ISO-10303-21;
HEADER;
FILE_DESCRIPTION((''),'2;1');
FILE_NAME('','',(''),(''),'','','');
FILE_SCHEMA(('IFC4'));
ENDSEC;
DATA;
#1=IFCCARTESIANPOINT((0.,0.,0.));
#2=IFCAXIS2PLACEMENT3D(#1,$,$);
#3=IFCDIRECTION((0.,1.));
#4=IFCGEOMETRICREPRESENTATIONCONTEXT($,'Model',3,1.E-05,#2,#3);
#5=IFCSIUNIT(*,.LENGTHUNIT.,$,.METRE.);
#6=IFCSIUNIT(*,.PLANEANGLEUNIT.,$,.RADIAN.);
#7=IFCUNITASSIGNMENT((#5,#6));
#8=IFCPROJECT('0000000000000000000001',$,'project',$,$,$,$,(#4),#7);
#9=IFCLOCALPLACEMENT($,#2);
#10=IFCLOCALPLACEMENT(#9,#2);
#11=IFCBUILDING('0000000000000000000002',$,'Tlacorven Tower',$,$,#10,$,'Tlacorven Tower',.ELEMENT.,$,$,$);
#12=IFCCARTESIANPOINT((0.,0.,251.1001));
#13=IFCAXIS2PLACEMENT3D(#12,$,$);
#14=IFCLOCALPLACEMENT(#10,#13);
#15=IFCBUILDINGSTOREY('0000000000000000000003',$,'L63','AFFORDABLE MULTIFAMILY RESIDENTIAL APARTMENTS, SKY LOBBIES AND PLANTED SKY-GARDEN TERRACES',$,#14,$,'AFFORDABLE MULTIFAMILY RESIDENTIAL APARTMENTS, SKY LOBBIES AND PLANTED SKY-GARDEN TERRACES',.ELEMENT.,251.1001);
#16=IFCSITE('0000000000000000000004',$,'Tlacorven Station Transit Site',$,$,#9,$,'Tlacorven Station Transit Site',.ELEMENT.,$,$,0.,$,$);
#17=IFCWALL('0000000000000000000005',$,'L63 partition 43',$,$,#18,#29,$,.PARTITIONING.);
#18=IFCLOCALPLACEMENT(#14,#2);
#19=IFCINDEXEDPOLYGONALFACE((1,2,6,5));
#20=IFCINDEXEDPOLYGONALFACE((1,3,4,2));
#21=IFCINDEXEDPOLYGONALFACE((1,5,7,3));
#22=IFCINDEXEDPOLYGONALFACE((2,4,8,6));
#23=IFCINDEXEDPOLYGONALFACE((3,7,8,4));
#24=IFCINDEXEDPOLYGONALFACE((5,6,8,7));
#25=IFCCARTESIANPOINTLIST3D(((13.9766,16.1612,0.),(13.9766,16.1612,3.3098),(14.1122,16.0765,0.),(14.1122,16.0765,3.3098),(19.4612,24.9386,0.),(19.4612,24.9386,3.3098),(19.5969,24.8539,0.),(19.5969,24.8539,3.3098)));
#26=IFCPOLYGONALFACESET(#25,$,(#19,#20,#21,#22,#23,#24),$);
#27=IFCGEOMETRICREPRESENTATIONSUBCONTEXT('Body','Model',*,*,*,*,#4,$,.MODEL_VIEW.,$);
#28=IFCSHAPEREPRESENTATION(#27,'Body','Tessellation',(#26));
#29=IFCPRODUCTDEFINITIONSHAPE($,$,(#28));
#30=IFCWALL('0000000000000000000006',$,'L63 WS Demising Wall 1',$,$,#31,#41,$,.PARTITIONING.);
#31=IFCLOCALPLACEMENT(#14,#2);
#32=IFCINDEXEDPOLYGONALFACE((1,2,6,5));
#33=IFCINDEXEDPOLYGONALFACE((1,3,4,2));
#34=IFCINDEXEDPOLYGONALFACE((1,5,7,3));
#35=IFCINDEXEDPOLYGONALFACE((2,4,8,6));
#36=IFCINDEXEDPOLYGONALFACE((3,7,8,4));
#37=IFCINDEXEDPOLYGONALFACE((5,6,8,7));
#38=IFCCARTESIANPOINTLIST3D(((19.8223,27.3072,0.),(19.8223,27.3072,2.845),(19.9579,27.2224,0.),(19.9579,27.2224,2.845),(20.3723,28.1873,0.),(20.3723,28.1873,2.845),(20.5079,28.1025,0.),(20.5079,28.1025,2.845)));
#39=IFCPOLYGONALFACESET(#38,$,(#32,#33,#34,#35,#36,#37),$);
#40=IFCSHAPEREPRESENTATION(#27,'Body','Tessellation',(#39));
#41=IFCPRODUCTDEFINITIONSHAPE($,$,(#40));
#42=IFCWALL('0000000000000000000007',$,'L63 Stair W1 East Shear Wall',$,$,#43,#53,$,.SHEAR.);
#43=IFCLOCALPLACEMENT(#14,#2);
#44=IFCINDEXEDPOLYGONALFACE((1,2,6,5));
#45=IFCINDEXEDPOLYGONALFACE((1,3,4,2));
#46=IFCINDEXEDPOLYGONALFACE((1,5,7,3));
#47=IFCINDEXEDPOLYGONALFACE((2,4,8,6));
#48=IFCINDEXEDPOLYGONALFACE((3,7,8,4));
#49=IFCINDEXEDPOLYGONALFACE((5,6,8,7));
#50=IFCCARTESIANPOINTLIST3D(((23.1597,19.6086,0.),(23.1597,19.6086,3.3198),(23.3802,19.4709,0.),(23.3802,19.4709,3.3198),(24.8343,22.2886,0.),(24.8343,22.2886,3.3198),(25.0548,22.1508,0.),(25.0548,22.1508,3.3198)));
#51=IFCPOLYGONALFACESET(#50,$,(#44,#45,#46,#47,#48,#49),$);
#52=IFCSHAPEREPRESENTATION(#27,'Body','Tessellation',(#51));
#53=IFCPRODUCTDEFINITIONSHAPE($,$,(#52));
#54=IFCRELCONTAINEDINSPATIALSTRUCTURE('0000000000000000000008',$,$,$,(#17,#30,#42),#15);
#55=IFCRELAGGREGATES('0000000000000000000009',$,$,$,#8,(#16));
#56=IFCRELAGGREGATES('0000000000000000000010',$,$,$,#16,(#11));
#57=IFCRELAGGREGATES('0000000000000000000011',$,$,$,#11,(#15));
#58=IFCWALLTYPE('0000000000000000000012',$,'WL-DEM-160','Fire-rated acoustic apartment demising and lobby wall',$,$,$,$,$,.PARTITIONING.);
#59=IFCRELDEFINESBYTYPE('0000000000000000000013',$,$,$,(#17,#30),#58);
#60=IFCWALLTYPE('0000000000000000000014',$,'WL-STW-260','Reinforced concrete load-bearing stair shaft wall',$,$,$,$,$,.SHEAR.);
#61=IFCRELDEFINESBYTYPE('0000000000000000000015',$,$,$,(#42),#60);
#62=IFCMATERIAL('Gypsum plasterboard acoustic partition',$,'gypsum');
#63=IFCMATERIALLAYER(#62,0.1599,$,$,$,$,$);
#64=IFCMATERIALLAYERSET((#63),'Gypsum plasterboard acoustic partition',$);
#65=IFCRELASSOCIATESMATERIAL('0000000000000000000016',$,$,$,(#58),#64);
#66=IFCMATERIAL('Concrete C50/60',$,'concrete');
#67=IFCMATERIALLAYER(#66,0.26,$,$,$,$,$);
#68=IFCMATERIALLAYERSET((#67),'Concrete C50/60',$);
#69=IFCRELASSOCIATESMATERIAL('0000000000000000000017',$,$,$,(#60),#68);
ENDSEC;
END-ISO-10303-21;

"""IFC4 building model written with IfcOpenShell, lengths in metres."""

from ifc_helpers import new_model, si_unit, direction, frame, frame_2d, origin, place, context, subcontext, project, spatial, rectangle, extrude, material, layer, layer_set, type_object, element, save


model = new_model("IFC4")

# Units and contexts
model_context = context("Model", 3, precision=1e-05, world=origin(), true_north=direction((0.0, 1.0)))
body_context = subcontext(model_context, "Body", "Model", "MODEL_VIEW")
ifc_project = project(units=[si_unit("LENGTHUNIT", "METRE"), si_unit("PLANEANGLEUNIT", "RADIAN")], contexts=[model_context])

# Site, building, storey
site_placement = place(None, origin())
site = spatial("IfcSite", under=ifc_project, at=site_placement, Name="Tlacorven Station Transit Site", LongName="Tlacorven Station Transit Site", CompositionType="ELEMENT", RefElevation=0.0)
building_placement = place(site_placement, origin())
building = spatial("IfcBuilding", under=site, at=building_placement, Name="Tlacorven Tower", LongName="Tlacorven Tower", CompositionType="ELEMENT")
storey_placement = place(building_placement, frame((0.0, 0.0, 251.1001)))
storey = spatial("IfcBuildingStorey", under=building, at=storey_placement, Name="L63", Description="AFFORDABLE MULTIFAMILY RESIDENTIAL APARTMENTS, SKY LOBBIES AND PLANTED SKY-GARDEN TERRACES", LongName="AFFORDABLE MULTIFAMILY RESIDENTIAL APARTMENTS, SKY LOBBIES AND PLANTED SKY-GARDEN TERRACES", CompositionType="ELEMENT", Elevation=251.1001)

# Shared definitions
ifc_material_1 = material(Name="Gypsum plasterboard acoustic partition", Category="gypsum")
ifc_layer_1 = layer(ifc_material_1, 0.1599)
ifc_layer_set_1 = layer_set([ifc_layer_1], Name="Gypsum plasterboard acoustic partition")
wall_type_1 = type_object("IfcWallType", Name="WL-DEM-160", Description="Fire-rated acoustic apartment demising and lobby wall", PredefinedType="PARTITIONING", material=ifc_layer_set_1)

# Walls
wall_1_placement = place(storey_placement, frame((19.5291, 24.8962, 0.0), z_axis=(0.0, 0.0, 1.0), x_axis=(-0.529914, -0.848051, 0.0)))
element("IfcWall", 1, at=wall_1_placement, inside=storey, type_object=wall_type_1, Name="L63 partition 43", PredefinedType="PARTITIONING", context=body_context, shape_type="SweptSolid", body=[
    extrude(rectangle(XDim=10.3501, YDim=0.1599, at=frame_2d((5.175, 0.0))), origin(), (0.0, 0.0, 1.0), 3.3098),
])
wall_2_placement = place(storey_placement, frame((20.4402, 28.145, 0.0), z_axis=(0.0, 0.0, 1.0), x_axis=(-0.529978, -0.848012, 0.0)))
element("IfcWall", 2, at=wall_2_placement, inside=storey, type_object=wall_type_1, Name="L63 WS Demising Wall 1", PredefinedType="PARTITIONING", context=body_context, shape_type="SweptSolid", body=[
    extrude(rectangle(XDim=1.0378, YDim=0.1599, at=frame_2d((0.519, 0.0))), origin(), (0.0, 0.0, 1.0), 2.845),
])
ifc_material_2 = material(Name="Concrete C50/60", Category="concrete")
ifc_layer_2 = layer(ifc_material_2, 0.26)
ifc_layer_set_2 = layer_set([ifc_layer_2], Name="Concrete C50/60")
wall_type_2 = type_object("IfcWallType", Name="WL-STW-260", Description="Reinforced concrete load-bearing stair shaft wall", PredefinedType="SHEAR", material=ifc_layer_set_2)
wall_3_placement = place(storey_placement, frame((24.9446, 22.2197, 0.0), z_axis=(0.0, 0.0, 1.0), x_axis=(-0.529909, -0.848055, 0.0)))
element("IfcWall", 3, at=wall_3_placement, inside=storey, type_object=wall_type_2, Name="L63 Stair W1 East Shear Wall", PredefinedType="SHEAR", context=body_context, shape_type="SweptSolid", body=[
    extrude(rectangle(XDim=3.1602, YDim=0.26, at=frame_2d((1.5801, 0.0))), origin(), (0.0, 0.0, 1.0), 3.3198),
])

save(model, "model.ifc")
